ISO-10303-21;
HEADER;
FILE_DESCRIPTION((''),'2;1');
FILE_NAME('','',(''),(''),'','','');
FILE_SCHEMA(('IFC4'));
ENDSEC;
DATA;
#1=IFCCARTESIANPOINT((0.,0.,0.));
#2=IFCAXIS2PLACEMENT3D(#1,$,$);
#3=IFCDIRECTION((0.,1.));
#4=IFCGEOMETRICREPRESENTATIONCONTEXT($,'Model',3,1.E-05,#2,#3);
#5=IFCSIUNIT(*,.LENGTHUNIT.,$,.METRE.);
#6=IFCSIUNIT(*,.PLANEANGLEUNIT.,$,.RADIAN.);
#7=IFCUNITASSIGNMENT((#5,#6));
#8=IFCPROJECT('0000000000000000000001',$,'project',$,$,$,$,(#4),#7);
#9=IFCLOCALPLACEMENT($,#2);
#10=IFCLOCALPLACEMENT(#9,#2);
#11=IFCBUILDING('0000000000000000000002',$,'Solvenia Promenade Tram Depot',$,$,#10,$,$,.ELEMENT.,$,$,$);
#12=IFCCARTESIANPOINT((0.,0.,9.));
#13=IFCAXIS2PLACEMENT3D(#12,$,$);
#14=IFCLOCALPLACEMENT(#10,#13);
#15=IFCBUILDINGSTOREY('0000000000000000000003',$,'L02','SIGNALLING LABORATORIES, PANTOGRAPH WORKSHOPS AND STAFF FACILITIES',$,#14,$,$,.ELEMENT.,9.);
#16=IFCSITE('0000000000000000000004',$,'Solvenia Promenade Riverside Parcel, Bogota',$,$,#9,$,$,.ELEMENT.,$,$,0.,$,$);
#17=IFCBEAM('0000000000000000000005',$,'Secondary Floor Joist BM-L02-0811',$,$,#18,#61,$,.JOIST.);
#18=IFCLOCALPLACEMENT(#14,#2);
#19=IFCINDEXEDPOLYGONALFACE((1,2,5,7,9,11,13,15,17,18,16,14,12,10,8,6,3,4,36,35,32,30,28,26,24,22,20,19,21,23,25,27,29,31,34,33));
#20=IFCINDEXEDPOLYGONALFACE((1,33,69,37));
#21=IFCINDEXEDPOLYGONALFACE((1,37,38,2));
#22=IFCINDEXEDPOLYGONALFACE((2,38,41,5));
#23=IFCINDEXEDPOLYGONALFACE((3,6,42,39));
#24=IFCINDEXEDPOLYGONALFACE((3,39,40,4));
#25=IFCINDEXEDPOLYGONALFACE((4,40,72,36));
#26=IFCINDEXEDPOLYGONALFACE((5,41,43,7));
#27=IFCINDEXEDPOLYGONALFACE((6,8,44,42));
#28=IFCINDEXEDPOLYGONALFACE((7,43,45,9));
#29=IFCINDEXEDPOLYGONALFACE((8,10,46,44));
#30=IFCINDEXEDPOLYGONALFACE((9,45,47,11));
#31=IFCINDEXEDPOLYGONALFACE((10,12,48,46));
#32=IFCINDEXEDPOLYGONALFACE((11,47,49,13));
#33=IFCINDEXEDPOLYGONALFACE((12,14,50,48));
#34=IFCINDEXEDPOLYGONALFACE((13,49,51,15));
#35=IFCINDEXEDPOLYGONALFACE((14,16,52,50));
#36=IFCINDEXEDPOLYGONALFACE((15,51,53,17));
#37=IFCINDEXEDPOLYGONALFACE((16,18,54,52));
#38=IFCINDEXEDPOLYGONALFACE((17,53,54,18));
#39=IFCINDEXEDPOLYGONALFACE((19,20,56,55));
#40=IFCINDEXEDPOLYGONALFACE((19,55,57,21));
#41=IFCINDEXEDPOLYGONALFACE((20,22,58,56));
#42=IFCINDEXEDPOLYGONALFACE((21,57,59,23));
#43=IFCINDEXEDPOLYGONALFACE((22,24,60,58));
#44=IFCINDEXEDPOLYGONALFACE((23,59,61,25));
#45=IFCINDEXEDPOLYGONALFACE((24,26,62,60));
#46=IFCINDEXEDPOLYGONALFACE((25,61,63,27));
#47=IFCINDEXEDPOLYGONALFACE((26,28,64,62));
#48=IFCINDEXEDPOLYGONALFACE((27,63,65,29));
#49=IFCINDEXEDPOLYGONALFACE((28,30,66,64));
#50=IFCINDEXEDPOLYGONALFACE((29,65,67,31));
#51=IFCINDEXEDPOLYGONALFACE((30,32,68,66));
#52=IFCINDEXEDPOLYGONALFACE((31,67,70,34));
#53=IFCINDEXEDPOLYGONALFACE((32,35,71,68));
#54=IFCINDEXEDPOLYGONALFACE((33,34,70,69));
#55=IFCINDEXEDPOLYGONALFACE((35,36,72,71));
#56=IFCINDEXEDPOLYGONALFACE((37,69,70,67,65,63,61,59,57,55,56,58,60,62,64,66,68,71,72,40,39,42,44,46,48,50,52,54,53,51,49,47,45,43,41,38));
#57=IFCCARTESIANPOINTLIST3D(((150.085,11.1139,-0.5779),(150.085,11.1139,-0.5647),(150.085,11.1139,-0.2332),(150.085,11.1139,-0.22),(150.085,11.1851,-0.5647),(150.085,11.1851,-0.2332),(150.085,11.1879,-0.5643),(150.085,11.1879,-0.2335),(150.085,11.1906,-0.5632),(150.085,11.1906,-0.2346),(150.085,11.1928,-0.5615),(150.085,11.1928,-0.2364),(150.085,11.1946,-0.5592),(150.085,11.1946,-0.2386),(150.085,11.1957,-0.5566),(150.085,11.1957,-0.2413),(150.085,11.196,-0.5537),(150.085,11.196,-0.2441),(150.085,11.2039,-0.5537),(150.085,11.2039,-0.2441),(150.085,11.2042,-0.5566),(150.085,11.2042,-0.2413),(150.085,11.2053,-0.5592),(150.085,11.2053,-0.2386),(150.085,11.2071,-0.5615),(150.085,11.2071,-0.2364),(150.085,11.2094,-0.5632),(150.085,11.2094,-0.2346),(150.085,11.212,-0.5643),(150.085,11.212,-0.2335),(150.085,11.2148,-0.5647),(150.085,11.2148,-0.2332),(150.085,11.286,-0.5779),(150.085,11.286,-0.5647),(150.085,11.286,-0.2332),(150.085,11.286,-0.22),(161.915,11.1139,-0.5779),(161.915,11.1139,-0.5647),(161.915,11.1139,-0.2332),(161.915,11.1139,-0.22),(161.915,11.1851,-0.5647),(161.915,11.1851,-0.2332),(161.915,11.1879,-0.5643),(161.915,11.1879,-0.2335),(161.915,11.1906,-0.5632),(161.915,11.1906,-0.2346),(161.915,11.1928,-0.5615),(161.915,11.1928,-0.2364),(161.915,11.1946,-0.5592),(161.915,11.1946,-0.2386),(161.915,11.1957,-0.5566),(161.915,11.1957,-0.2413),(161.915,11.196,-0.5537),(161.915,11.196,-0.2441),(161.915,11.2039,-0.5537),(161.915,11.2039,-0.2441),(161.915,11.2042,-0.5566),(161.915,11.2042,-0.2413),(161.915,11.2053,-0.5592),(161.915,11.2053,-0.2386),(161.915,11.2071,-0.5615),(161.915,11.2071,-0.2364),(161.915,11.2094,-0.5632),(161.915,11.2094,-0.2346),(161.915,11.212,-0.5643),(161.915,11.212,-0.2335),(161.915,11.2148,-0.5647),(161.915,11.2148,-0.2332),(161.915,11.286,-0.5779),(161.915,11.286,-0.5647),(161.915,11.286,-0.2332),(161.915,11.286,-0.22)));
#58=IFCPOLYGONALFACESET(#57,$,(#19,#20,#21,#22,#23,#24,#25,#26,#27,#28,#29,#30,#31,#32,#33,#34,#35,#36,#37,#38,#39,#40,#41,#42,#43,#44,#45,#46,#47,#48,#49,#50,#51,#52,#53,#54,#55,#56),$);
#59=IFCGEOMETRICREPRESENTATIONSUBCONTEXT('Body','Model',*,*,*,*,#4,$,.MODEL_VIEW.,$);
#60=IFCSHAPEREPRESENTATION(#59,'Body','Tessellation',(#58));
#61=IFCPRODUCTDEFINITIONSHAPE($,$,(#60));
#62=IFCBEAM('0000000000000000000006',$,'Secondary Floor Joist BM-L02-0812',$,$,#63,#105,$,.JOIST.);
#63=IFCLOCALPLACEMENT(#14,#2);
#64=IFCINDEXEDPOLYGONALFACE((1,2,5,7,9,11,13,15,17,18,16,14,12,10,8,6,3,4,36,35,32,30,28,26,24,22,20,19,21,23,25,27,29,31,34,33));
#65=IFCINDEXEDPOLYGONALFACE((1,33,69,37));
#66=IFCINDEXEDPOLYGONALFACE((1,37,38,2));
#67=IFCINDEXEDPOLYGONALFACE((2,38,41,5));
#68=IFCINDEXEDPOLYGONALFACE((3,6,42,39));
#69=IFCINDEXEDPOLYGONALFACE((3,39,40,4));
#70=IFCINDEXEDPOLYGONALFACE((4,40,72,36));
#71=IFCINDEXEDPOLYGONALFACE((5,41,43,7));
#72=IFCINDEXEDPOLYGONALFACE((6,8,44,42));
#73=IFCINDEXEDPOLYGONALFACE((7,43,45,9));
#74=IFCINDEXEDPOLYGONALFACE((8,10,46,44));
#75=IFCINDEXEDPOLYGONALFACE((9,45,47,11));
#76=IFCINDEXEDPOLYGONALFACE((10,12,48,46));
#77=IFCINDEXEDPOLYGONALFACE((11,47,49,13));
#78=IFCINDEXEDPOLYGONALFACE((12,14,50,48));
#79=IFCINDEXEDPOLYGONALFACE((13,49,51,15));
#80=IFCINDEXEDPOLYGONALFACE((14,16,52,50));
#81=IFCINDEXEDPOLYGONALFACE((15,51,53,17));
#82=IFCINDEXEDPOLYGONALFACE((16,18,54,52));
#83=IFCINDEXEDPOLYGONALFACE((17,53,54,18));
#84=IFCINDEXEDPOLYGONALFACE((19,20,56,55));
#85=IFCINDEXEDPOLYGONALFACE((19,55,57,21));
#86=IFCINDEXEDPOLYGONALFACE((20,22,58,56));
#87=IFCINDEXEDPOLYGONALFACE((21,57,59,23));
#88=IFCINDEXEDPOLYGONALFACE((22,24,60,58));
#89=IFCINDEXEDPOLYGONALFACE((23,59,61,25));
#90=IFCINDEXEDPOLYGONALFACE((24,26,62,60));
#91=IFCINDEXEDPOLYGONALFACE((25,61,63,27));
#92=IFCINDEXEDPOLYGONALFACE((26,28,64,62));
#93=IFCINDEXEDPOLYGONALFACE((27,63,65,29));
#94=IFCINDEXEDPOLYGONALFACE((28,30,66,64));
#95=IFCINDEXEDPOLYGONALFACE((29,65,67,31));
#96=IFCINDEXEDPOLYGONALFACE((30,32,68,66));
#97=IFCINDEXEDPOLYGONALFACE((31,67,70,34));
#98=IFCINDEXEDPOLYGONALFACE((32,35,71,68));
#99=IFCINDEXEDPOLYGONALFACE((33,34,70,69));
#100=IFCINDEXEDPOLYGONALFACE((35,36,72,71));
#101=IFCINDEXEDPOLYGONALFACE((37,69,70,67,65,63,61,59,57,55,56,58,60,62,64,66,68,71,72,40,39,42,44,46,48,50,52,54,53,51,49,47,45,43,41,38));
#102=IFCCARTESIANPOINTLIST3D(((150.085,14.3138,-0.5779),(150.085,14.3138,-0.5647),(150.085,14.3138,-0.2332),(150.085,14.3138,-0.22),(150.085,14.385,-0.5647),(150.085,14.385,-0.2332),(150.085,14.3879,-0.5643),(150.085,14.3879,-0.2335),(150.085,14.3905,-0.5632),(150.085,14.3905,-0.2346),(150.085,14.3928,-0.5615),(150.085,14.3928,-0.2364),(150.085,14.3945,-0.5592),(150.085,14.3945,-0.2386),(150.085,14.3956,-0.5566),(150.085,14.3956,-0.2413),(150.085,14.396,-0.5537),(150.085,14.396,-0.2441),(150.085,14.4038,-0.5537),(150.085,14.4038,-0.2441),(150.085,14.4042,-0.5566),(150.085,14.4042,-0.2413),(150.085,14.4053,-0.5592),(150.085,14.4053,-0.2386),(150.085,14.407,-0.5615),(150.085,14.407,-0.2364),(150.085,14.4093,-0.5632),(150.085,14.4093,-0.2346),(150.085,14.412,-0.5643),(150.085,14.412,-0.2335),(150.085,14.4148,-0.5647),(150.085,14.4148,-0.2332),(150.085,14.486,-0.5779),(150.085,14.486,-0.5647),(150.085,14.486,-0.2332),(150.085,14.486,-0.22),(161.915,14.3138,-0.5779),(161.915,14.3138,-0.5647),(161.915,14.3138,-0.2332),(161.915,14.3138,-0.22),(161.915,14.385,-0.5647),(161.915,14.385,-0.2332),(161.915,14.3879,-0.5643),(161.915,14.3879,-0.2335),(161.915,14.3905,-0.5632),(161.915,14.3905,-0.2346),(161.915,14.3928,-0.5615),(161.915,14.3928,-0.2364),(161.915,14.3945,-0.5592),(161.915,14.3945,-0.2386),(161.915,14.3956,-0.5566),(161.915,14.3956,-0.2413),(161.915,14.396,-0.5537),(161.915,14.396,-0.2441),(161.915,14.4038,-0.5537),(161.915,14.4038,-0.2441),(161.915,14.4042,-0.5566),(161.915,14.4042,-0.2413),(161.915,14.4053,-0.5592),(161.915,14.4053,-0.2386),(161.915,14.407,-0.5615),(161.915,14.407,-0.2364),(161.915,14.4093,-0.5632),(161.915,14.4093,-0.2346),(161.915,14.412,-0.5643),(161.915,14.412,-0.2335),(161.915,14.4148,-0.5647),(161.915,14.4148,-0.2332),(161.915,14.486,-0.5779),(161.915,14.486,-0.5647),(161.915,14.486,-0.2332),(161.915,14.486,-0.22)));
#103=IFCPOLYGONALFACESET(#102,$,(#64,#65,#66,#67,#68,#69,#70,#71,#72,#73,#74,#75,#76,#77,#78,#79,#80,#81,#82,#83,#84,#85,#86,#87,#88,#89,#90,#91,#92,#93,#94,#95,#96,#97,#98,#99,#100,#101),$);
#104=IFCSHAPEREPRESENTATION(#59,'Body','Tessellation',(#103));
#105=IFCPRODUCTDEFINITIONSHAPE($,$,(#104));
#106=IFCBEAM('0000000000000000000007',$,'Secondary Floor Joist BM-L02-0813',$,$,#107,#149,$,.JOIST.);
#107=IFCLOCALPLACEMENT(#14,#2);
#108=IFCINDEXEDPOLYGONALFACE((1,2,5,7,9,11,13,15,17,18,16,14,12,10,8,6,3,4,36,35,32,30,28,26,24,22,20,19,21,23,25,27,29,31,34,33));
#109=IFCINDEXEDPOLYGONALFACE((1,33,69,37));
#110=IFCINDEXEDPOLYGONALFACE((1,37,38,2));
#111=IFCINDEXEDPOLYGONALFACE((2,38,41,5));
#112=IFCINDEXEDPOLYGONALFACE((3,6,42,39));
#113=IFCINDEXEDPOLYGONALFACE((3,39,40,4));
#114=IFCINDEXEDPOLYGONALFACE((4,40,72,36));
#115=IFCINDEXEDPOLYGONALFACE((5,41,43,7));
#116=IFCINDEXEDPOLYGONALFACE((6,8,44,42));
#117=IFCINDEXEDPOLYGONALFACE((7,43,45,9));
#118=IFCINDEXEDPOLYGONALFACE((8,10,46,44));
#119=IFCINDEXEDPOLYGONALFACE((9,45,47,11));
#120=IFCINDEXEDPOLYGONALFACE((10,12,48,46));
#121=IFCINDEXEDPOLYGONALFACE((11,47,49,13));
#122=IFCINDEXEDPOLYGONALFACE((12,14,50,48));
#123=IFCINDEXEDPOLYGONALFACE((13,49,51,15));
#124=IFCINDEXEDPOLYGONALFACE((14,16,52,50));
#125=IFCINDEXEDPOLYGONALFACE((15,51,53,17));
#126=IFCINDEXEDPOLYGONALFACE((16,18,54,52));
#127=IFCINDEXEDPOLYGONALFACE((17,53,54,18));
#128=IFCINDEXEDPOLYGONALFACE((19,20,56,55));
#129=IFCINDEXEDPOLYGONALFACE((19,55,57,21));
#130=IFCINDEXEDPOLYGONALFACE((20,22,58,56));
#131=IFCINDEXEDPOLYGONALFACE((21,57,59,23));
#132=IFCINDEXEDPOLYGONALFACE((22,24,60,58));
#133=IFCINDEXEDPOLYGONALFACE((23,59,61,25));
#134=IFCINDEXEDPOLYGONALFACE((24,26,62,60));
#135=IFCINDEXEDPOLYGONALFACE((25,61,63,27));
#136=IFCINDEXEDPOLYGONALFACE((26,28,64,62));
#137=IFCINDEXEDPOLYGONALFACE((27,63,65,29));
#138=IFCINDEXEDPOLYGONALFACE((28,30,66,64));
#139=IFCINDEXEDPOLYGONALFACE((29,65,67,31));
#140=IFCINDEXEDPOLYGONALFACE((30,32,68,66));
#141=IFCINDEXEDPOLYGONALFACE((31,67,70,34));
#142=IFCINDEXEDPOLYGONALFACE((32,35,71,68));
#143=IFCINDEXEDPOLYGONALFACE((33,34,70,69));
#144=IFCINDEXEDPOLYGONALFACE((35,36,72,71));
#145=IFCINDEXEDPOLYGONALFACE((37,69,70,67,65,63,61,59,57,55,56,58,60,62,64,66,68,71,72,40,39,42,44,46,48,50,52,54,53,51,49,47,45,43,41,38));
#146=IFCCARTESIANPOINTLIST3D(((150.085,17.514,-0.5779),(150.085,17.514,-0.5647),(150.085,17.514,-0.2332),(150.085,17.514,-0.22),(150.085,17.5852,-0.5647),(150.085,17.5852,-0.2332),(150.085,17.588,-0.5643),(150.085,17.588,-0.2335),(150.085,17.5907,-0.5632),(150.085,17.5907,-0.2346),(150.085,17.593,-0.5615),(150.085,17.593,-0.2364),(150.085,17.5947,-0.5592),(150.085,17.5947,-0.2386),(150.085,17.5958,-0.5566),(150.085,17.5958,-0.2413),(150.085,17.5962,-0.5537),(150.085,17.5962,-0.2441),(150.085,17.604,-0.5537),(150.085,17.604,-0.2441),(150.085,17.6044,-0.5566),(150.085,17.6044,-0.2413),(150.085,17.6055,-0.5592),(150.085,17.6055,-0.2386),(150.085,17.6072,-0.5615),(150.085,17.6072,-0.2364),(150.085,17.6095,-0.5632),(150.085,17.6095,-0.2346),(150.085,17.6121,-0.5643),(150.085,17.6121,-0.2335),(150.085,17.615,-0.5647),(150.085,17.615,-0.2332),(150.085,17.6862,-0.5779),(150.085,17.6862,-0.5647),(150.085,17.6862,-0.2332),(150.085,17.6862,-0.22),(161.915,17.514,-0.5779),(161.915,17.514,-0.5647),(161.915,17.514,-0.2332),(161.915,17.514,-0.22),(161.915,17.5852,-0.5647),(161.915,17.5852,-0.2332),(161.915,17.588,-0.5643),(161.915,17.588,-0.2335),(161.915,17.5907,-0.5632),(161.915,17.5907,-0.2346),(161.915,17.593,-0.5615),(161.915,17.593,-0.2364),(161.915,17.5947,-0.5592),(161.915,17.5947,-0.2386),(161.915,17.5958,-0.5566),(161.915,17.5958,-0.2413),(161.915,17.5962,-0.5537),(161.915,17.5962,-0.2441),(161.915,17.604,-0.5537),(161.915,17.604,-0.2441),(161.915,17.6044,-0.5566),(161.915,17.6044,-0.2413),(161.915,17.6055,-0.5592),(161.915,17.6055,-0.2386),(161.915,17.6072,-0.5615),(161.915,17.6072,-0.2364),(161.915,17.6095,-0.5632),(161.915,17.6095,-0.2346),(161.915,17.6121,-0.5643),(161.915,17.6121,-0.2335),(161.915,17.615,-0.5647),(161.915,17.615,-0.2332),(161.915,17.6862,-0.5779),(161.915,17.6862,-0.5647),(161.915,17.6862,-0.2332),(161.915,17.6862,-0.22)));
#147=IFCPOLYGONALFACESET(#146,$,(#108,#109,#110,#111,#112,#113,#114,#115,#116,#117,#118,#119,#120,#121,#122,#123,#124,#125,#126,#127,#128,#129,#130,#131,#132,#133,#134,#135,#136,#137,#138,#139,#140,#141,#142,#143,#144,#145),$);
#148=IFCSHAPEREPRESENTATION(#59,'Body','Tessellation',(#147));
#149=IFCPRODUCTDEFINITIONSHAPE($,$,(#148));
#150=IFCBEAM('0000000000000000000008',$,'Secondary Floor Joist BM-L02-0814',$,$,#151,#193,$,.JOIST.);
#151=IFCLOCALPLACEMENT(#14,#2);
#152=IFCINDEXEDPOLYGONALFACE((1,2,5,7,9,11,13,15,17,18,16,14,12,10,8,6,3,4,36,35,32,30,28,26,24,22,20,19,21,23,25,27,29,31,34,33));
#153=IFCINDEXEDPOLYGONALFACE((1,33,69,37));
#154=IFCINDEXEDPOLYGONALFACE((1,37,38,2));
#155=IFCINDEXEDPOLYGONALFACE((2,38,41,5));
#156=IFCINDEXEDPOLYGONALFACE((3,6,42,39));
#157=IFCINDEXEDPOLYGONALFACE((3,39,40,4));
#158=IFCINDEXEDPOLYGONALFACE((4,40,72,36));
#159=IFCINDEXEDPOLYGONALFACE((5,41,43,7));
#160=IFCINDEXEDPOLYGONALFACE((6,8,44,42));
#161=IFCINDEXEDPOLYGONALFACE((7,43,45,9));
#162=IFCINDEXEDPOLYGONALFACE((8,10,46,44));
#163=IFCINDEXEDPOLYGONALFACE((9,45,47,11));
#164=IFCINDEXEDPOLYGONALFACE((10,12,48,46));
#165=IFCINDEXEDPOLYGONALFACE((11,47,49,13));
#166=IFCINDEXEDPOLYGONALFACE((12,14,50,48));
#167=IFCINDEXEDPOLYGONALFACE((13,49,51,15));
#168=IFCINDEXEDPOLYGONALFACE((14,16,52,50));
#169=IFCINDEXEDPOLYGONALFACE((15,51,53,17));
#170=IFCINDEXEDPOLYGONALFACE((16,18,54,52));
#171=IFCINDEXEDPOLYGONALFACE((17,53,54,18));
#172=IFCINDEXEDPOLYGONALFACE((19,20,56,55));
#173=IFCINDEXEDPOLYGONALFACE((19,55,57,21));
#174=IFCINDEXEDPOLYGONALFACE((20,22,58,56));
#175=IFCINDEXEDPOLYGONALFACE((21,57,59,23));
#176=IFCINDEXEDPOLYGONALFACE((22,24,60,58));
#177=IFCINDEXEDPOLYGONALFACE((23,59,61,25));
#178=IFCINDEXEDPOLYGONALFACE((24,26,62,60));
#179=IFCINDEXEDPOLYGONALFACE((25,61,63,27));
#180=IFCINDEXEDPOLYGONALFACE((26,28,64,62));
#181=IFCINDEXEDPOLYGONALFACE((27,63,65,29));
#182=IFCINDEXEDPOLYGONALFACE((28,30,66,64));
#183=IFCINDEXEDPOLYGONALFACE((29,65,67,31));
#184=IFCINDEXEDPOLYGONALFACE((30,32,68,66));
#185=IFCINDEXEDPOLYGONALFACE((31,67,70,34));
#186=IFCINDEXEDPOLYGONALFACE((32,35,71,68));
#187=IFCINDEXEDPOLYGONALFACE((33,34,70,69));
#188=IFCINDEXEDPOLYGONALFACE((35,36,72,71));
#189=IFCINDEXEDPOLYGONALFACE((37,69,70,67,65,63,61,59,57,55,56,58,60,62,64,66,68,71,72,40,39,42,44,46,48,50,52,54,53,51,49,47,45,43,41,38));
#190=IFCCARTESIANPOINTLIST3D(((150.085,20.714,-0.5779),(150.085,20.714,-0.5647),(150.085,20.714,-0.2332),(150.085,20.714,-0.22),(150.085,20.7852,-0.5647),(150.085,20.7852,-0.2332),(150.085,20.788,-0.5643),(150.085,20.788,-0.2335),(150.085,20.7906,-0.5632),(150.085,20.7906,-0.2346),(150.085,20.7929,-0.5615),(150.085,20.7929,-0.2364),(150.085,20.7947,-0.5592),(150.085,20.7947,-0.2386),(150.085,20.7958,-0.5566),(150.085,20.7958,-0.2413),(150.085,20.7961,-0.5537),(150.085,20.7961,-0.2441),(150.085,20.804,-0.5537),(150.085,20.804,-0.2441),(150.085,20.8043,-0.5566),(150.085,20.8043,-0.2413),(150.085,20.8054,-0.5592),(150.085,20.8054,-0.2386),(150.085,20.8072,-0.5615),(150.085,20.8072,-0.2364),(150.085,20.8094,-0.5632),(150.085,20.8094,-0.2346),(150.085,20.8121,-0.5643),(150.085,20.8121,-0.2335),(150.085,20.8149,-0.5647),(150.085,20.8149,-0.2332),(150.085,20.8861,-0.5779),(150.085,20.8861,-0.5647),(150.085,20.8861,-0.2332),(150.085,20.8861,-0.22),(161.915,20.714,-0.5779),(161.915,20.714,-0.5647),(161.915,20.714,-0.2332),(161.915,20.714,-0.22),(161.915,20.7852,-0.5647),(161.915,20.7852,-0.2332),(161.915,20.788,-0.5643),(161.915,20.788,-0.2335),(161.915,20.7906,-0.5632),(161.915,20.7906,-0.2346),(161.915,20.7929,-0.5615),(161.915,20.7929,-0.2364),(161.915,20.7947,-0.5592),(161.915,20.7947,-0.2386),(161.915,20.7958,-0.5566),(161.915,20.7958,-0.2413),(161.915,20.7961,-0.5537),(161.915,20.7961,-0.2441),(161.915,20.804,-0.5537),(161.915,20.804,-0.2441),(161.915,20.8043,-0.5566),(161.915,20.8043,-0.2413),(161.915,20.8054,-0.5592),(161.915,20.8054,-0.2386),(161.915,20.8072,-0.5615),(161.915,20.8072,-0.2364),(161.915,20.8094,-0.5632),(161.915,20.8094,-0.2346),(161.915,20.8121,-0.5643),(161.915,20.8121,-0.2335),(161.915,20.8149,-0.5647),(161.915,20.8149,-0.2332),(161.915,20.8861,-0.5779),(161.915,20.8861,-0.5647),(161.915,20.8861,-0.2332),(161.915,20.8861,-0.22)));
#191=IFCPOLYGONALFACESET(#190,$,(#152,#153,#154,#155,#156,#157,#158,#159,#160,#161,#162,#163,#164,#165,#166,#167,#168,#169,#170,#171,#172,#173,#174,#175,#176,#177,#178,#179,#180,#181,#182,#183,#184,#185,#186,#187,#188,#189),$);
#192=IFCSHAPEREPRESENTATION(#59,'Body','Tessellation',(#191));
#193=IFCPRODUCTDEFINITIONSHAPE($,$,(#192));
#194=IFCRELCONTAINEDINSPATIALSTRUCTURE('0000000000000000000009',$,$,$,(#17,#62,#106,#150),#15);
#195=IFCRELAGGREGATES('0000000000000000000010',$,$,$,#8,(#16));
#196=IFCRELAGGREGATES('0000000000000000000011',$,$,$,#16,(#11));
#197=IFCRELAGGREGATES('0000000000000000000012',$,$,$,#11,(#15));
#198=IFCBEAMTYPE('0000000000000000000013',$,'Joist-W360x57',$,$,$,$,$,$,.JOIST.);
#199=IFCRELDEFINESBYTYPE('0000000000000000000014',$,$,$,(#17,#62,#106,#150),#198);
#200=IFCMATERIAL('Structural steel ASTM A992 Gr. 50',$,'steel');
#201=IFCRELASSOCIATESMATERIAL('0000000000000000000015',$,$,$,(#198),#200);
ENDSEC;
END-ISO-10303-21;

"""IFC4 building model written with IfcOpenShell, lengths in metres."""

from ifc_helpers import new_model, si_unit, direction, frame, origin, origin_2d, place, context, subcontext, project, spatial, i_section, extrude, material, material_profile, profile_set, type_object, element, save


model = new_model("IFC4")

# Units and contexts
model_context = context("Model", 3, precision=1e-05, world=origin(), true_north=direction((0.0, 1.0)))
body_context = subcontext(model_context, "Body", "Model", "MODEL_VIEW")
ifc_project = project(units=[si_unit("LENGTHUNIT", "METRE"), si_unit("PLANEANGLEUNIT", "RADIAN")], contexts=[model_context])

# Site, building, storey
site_placement = place(None, origin())
site = spatial("IfcSite", under=ifc_project, at=site_placement, Name="Solvenia Promenade Riverside Parcel, Bogota", CompositionType="ELEMENT", RefElevation=0.0)
building_placement = place(site_placement, origin())
building = spatial("IfcBuilding", under=site, at=building_placement, Name="Solvenia Promenade Tram Depot", CompositionType="ELEMENT")
storey_placement = place(building_placement, frame((0.0, 0.0, 9.0)))
storey = spatial("IfcBuildingStorey", under=building, at=storey_placement, Name="L02", Description="SIGNALLING LABORATORIES, PANTOGRAPH WORKSHOPS AND STAFF FACILITIES", CompositionType="ELEMENT", Elevation=9.0)

# Beams
ifc_material_1 = material(Name="Structural steel ASTM A992 Gr. 50", Category="steel")
ifc_material_profile_1 = material_profile(ifc_material_1, i_section(OverallWidth=0.1721, OverallDepth=0.3579, WebThickness=0.0078, FlangeThickness=0.0132, FilletRadius=0.011, at=origin_2d()), Name="W360x57", Category="steel")
ifc_profile_set_1 = profile_set([ifc_material_profile_1], Name="Structural steel ASTM A992 Gr. 50")
beam_type_1 = type_object("IfcBeamType", Name="Joist-W360x57", PredefinedType="JOIST", material=ifc_profile_set_1)
for number, where, z_axis, x_axis, name in (
    (1, (150.085, 11.2, -0.3989), (1.0, 0.0, 0.0), (0.0, 1.0, 0.0), "Secondary Floor Joist BM-L02-0811"),
    (2, (150.085, 14.3999, -0.3989), (1.0, 0.0, 0.0), (0.0, 1.0, 0.0), "Secondary Floor Joist BM-L02-0812"),
    (3, (150.085, 17.6001, -0.3989), (1.0, 0.0, 0.0), (0.0, 1.0, 0.0), "Secondary Floor Joist BM-L02-0813"),
    (4, (150.085, 20.8, -0.3989), (1.0, 0.0, 0.0), (0.0, 1.0, 0.0), "Secondary Floor Joist BM-L02-0814"),
):
    element("IfcBeam", number, at=place(storey_placement, frame(where, z_axis=z_axis, x_axis=x_axis)), inside=storey, type_object=beam_type_1, Name=name, PredefinedType="JOIST", context=body_context, shape_type="SweptSolid", body=[
        extrude(i_section(OverallWidth=0.1721, OverallDepth=0.3579, WebThickness=0.0078, FlangeThickness=0.0132, FilletRadius=0.011, at=origin_2d()), origin(), (0.0, 0.0, 1.0), 11.8301),
    ])

save(model, "model.ifc")
